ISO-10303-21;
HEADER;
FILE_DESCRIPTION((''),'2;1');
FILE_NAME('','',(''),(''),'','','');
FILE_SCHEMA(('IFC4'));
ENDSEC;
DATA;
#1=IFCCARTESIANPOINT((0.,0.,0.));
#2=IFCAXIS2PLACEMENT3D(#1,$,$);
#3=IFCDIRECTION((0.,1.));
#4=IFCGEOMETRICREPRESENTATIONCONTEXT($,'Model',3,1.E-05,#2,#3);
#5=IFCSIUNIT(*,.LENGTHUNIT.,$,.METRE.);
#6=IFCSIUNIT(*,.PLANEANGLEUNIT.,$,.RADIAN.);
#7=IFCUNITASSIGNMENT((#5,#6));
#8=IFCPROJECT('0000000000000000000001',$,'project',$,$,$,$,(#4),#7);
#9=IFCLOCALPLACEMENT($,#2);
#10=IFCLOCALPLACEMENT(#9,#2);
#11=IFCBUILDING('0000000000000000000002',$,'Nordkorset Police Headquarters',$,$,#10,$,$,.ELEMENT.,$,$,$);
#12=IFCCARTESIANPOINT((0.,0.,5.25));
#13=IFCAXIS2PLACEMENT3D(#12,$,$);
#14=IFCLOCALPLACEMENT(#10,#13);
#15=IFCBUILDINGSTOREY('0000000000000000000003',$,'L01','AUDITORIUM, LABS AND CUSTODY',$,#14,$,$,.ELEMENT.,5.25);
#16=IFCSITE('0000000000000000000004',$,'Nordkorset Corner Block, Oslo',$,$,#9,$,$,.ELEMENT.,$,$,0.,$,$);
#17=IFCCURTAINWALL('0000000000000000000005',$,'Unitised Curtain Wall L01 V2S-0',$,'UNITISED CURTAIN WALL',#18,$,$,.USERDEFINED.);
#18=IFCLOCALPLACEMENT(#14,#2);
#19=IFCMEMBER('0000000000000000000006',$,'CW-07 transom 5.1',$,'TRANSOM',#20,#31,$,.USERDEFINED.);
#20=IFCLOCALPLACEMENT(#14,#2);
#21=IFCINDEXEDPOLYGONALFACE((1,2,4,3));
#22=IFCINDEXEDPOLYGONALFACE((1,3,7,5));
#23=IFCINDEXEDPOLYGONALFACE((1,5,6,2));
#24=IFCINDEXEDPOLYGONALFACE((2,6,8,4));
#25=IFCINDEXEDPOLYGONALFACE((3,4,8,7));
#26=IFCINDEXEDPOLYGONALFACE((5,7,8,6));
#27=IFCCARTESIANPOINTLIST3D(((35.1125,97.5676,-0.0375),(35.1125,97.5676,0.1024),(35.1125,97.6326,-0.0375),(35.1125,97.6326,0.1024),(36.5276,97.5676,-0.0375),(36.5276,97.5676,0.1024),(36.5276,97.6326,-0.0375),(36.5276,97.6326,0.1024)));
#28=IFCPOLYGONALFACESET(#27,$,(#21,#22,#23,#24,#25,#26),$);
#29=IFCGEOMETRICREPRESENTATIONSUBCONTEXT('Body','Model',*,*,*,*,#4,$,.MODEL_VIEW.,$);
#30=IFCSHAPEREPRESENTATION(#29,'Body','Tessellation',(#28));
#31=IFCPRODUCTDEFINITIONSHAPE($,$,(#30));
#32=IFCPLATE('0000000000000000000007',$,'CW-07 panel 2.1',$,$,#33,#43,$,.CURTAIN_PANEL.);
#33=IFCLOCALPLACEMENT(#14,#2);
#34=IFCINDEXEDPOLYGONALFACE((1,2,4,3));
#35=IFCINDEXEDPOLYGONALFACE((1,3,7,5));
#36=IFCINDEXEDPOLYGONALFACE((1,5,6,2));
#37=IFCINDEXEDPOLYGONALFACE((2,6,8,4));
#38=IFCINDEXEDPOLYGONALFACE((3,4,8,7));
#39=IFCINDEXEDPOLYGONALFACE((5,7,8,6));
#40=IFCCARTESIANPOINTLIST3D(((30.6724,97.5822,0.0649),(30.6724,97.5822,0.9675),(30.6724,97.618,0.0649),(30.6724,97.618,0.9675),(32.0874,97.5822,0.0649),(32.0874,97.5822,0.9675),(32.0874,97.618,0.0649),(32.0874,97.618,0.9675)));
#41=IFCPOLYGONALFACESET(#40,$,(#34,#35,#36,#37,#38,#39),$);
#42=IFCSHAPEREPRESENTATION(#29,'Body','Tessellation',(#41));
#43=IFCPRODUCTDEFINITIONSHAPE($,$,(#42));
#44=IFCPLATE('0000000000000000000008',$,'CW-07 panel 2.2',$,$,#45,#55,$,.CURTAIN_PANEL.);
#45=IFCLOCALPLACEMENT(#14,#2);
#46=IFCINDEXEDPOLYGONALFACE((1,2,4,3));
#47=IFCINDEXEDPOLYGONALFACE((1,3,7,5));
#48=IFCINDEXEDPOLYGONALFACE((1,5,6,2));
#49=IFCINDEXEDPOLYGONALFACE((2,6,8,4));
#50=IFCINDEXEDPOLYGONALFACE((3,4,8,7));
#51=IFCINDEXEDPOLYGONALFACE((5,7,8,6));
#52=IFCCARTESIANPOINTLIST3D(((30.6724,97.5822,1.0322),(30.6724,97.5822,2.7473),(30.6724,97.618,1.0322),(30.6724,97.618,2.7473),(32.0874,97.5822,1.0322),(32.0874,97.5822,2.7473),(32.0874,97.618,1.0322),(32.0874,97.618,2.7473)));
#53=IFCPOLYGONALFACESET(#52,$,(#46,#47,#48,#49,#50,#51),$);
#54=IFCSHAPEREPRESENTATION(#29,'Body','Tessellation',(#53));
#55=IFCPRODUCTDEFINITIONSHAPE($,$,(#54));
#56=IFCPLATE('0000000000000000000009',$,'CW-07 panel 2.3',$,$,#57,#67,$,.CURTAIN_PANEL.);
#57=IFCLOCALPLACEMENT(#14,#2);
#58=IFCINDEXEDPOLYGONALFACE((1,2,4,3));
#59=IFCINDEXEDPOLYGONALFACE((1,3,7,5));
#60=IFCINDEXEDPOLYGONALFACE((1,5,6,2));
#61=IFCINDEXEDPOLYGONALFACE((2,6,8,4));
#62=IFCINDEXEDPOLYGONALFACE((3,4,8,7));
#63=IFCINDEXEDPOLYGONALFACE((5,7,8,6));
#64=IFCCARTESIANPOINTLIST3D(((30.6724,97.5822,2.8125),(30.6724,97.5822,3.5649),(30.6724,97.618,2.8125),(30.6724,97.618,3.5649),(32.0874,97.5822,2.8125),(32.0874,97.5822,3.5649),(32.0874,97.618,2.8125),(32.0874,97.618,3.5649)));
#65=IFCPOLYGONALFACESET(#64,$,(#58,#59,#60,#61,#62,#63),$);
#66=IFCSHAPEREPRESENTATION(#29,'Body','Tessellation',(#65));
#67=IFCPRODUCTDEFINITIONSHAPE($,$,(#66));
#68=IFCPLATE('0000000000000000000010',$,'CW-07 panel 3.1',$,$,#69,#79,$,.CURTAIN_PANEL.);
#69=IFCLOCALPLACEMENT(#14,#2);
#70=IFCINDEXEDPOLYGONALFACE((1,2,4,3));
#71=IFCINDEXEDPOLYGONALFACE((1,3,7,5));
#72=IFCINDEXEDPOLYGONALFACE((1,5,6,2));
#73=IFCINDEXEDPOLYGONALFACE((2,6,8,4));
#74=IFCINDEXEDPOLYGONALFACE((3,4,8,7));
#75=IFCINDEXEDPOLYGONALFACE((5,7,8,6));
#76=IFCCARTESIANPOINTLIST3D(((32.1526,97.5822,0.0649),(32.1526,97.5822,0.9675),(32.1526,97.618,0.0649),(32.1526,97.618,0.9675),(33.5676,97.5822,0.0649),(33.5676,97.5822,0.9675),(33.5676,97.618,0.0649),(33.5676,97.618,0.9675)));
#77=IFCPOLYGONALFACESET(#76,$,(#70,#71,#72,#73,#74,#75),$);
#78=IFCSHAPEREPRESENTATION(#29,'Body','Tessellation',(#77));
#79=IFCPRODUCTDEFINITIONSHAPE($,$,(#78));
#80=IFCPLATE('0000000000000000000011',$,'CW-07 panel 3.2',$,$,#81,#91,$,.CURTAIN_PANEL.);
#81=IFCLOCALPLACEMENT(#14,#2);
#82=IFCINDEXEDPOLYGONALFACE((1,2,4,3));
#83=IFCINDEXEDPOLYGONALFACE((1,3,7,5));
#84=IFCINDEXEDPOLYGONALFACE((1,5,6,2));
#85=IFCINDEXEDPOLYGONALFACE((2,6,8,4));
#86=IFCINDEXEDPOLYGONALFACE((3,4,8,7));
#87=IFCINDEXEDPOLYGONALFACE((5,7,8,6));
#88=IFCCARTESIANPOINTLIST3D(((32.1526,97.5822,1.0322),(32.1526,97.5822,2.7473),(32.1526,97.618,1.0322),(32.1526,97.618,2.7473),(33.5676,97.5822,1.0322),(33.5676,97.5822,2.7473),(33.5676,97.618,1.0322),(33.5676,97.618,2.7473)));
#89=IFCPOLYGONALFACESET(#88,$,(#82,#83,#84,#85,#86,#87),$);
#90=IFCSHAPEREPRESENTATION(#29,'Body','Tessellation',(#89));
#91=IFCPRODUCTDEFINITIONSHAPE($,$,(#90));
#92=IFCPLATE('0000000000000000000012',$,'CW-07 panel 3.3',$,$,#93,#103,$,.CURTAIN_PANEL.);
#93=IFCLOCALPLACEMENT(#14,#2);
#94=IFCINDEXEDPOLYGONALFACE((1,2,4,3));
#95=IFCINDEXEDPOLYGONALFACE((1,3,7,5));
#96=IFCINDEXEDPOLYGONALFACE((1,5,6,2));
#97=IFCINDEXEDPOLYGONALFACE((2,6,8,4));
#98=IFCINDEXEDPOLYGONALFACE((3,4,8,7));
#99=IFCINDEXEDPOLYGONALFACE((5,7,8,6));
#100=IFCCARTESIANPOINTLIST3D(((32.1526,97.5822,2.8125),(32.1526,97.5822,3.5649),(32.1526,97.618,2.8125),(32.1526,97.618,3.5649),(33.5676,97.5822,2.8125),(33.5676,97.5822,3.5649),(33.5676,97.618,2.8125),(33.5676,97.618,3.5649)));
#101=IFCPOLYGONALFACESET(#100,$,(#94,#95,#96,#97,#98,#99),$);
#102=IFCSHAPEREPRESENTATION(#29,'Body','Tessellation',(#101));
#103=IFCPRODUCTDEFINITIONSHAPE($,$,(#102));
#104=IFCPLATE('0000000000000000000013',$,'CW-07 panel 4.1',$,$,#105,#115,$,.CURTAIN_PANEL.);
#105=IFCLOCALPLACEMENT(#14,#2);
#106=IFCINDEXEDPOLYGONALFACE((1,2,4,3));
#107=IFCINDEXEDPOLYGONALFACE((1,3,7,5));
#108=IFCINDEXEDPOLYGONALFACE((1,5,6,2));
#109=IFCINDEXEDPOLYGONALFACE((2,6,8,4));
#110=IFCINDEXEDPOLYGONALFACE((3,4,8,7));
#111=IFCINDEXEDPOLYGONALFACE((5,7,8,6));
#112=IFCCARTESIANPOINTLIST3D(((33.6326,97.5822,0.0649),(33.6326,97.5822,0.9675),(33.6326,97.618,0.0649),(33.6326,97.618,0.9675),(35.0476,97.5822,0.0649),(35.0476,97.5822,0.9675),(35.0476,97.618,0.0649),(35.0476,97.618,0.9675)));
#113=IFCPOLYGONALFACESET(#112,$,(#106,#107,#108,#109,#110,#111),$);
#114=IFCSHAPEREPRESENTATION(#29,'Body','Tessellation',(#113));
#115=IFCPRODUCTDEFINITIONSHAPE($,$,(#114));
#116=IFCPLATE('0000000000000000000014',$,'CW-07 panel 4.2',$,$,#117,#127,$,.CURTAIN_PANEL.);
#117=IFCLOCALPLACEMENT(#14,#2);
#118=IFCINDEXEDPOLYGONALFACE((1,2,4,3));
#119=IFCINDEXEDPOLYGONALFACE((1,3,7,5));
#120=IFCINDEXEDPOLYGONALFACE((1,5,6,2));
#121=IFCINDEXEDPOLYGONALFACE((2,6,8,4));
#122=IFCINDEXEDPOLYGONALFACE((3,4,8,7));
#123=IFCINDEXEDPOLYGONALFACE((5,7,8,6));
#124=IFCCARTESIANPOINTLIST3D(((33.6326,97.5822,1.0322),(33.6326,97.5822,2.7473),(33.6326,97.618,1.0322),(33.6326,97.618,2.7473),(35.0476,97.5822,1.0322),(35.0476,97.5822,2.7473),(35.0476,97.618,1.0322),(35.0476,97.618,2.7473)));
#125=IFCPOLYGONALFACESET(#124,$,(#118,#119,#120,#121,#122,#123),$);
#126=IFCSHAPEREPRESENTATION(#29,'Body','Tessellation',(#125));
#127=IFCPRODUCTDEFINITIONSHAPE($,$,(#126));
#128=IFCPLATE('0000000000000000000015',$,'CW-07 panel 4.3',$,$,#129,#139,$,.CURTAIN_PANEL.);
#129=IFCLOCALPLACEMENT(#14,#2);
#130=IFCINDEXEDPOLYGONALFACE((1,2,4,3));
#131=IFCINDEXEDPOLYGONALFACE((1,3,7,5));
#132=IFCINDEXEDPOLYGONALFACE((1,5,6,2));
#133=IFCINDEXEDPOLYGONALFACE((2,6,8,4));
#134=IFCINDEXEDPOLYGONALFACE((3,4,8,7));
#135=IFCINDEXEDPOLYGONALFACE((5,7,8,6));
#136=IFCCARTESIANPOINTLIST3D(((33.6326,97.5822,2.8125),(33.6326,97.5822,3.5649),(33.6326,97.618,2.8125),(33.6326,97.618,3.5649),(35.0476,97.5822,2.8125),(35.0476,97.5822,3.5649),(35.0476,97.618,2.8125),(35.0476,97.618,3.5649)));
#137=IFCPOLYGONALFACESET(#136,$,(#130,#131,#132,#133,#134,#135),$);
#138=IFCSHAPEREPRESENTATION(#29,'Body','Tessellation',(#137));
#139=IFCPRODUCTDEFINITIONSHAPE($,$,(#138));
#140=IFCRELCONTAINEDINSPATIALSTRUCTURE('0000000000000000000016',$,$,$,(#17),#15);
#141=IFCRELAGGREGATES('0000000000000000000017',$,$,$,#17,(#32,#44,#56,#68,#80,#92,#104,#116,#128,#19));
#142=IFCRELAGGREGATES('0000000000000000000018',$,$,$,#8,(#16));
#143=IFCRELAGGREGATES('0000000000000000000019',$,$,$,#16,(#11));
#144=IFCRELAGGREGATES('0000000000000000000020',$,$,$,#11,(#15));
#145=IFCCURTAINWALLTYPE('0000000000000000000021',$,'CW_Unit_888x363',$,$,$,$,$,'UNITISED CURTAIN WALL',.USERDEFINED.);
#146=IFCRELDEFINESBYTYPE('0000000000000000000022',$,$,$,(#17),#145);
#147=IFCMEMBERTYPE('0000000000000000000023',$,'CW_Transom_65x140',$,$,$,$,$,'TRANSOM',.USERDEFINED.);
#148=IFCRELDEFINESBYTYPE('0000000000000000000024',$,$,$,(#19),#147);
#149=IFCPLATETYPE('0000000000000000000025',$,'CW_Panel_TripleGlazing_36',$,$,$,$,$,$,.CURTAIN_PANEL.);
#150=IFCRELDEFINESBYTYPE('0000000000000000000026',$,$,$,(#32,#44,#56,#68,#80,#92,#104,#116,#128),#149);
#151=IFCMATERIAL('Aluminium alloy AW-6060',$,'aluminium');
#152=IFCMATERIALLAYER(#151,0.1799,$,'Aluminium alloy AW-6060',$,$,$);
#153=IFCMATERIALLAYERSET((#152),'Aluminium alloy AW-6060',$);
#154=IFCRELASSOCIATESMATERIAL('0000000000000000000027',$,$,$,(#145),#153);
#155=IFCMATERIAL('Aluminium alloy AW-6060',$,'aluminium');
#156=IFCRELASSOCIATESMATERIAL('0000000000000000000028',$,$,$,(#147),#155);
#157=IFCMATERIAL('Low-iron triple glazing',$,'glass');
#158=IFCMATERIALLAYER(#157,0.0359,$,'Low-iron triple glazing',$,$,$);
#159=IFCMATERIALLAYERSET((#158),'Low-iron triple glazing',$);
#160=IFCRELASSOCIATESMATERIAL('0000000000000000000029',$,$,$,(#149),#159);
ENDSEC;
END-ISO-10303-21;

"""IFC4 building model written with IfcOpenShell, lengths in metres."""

from ifc_helpers import new_model, si_unit, direction, frame, origin, origin_2d, place, context, subcontext, project, spatial, rectangle, extrude, material, layer, layer_set, material_profile, profile_set, type_object, element, aggregate, save


model = new_model("IFC4")

# Units and contexts
model_context = context("Model", 3, precision=1e-05, world=origin(), true_north=direction((0.0, 1.0)))
body_context = subcontext(model_context, "Body", "Model", "MODEL_VIEW")
ifc_project = project(units=[si_unit("LENGTHUNIT", "METRE"), si_unit("PLANEANGLEUNIT", "RADIAN")], contexts=[model_context])

# Site, building, storey
site_placement = place(None, origin())
site = spatial("IfcSite", under=ifc_project, at=site_placement, Name="Nordkorset Corner Block, Oslo", CompositionType="ELEMENT", RefElevation=0.0)
building_placement = place(site_placement, origin())
building = spatial("IfcBuilding", under=site, at=building_placement, Name="Nordkorset Police Headquarters", CompositionType="ELEMENT")
storey_placement = place(building_placement, frame((0.0, 0.0, 5.25)))
storey = spatial("IfcBuildingStorey", under=building, at=storey_placement, Name="L01", Description="AUDITORIUM, LABS AND CUSTODY", CompositionType="ELEMENT", Elevation=5.25)

# Curtain wall, member, plates
ifc_material_1 = material(Name="Aluminium alloy AW-6060", Category="aluminium")
ifc_layer_1 = layer(ifc_material_1, 0.1799, Name="Aluminium alloy AW-6060")
ifc_layer_set_1 = layer_set([ifc_layer_1], Name="Aluminium alloy AW-6060")
curtain_wall_type = type_object("IfcCurtainWallType", Name="CW_Unit_888x363", ElementType="UNITISED CURTAIN WALL", PredefinedType="USERDEFINED", material=ifc_layer_set_1)
curtain_wall_placement = place(storey_placement, origin())
curtain_wall = element("IfcCurtainWall", 1, at=curtain_wall_placement, inside=storey, type_object=curtain_wall_type, Name="Unitised Curtain Wall L01 V2S-0", ObjectType="UNITISED CURTAIN WALL", PredefinedType="USERDEFINED")
ifc_material_2 = material(Name="Aluminium alloy AW-6060", Category="aluminium")
ifc_material_profile_1 = material_profile(ifc_material_2, rectangle(XDim=0.0649, YDim=0.1399, at=origin_2d()), Name="ALU TRAN 65x140")
ifc_profile_set_1 = profile_set([ifc_material_profile_1], Name="Aluminium alloy AW-6060")
member_type_1 = type_object("IfcMemberType", Name="CW_Transom_65x140", ElementType="TRANSOM", PredefinedType="USERDEFINED", material=ifc_profile_set_1)
member_1_placement = place(storey_placement, frame((35.1125, 97.6001, 0.0325), z_axis=(1.0, 0.0, 0.0), x_axis=(0.0, 1.0, 0.0)))
member_1 = element("IfcMember", 2, at=member_1_placement, type_object=member_type_1, Name="CW-07 transom 5.1", ObjectType="TRANSOM", PredefinedType="USERDEFINED", context=body_context, shape_type="SweptSolid", body=[
    extrude(rectangle(XDim=0.0649, YDim=0.1399, at=origin_2d()), origin(), (0.0, 0.0, 1.0), 1.415),
])
ifc_material_3 = material(Name="Low-iron triple glazing", Category="glass")
ifc_layer_2 = layer(ifc_material_3, 0.0359, Name="Low-iron triple glazing")
ifc_layer_set_2 = layer_set([ifc_layer_2], Name="Low-iron triple glazing")
plate_type = type_object("IfcPlateType", Name="CW_Panel_TripleGlazing_36", PredefinedType="CURTAIN_PANEL", material=ifc_layer_set_2)
plate_1_placement = place(storey_placement, frame((31.3799, 97.6001, 0.0649), z_axis=(0.0, 0.0, 1.0), x_axis=(1.0, 0.0, 0.0)))
plate_1 = element("IfcPlate", 3, at=plate_1_placement, type_object=plate_type, Name="CW-07 panel 2.1", PredefinedType="CURTAIN_PANEL", context=body_context, shape_type="SweptSolid", body=[
    extrude(rectangle(XDim=1.415, YDim=0.0359, at=origin_2d()), origin(), (0.0, 0.0, 1.0), 0.9026),
])
plate_2_placement = place(storey_placement, frame((31.3799, 97.6001, 1.0322), z_axis=(0.0, 0.0, 1.0), x_axis=(1.0, 0.0, 0.0)))
plate_2 = element("IfcPlate", 4, at=plate_2_placement, type_object=plate_type, Name="CW-07 panel 2.2", PredefinedType="CURTAIN_PANEL", context=body_context, shape_type="SweptSolid", body=[
    extrude(rectangle(XDim=1.415, YDim=0.0359, at=origin_2d()), origin(), (0.0, 0.0, 1.0), 1.7151),
])
plate_3_placement = place(storey_placement, frame((31.3799, 97.6001, 2.8125), z_axis=(0.0, 0.0, 1.0), x_axis=(1.0, 0.0, 0.0)))
plate_3 = element("IfcPlate", 5, at=plate_3_placement, type_object=plate_type, Name="CW-07 panel 2.3", PredefinedType="CURTAIN_PANEL", context=body_context, shape_type="SweptSolid", body=[
    extrude(rectangle(XDim=1.415, YDim=0.0359, at=origin_2d()), origin(), (0.0, 0.0, 1.0), 0.7524),
])
plate_4_placement = place(storey_placement, frame((32.8601, 97.6001, 0.0649), z_axis=(0.0, 0.0, 1.0), x_axis=(1.0, 0.0, 0.0)))
plate_4 = element("IfcPlate", 6, at=plate_4_placement, type_object=plate_type, Name="CW-07 panel 3.1", PredefinedType="CURTAIN_PANEL", context=body_context, shape_type="SweptSolid", body=[
    extrude(rectangle(XDim=1.415, YDim=0.0359, at=origin_2d()), origin(), (0.0, 0.0, 1.0), 0.9026),
])
plate_5_placement = place(storey_placement, frame((32.8601, 97.6001, 1.0322), z_axis=(0.0, 0.0, 1.0), x_axis=(1.0, 0.0, 0.0)))
plate_5 = element("IfcPlate", 7, at=plate_5_placement, type_object=plate_type, Name="CW-07 panel 3.2", PredefinedType="CURTAIN_PANEL", context=body_context, shape_type="SweptSolid", body=[
    extrude(rectangle(XDim=1.415, YDim=0.0359, at=origin_2d()), origin(), (0.0, 0.0, 1.0), 1.7151),
])
plate_6_placement = place(storey_placement, frame((32.8601, 97.6001, 2.8125), z_axis=(0.0, 0.0, 1.0), x_axis=(1.0, 0.0, 0.0)))
plate_6 = element("IfcPlate", 8, at=plate_6_placement, type_object=plate_type, Name="CW-07 panel 3.3", PredefinedType="CURTAIN_PANEL", context=body_context, shape_type="SweptSolid", body=[
    extrude(rectangle(XDim=1.415, YDim=0.0359, at=origin_2d()), origin(), (0.0, 0.0, 1.0), 0.7524),
])
plate_7_placement = place(storey_placement, frame((34.3401, 97.6001, 0.0649), z_axis=(0.0, 0.0, 1.0), x_axis=(1.0, 0.0, 0.0)))
plate_7 = element("IfcPlate", 9, at=plate_7_placement, type_object=plate_type, Name="CW-07 panel 4.1", PredefinedType="CURTAIN_PANEL", context=body_context, shape_type="SweptSolid", body=[
    extrude(rectangle(XDim=1.415, YDim=0.0359, at=origin_2d()), origin(), (0.0, 0.0, 1.0), 0.9026),
])
plate_8_placement = place(storey_placement, frame((34.3401, 97.6001, 1.0322), z_axis=(0.0, 0.0, 1.0), x_axis=(1.0, 0.0, 0.0)))
plate_8 = element("IfcPlate", 10, at=plate_8_placement, type_object=plate_type, Name="CW-07 panel 4.2", PredefinedType="CURTAIN_PANEL", context=body_context, shape_type="SweptSolid", body=[
    extrude(rectangle(XDim=1.415, YDim=0.0359, at=origin_2d()), origin(), (0.0, 0.0, 1.0), 1.7151),
])
plate_9_placement = place(storey_placement, frame((34.3401, 97.6001, 2.8125), z_axis=(0.0, 0.0, 1.0), x_axis=(1.0, 0.0, 0.0)))
plate_9 = element("IfcPlate", 11, at=plate_9_placement, type_object=plate_type, Name="CW-07 panel 4.3", PredefinedType="CURTAIN_PANEL", context=body_context, shape_type="SweptSolid", body=[
    extrude(rectangle(XDim=1.415, YDim=0.0359, at=origin_2d()), origin(), (0.0, 0.0, 1.0), 0.7524),
])
aggregate(curtain_wall, [plate_1, plate_2, plate_3, plate_4, plate_5, plate_6, plate_7, plate_8, plate_9, member_1])

save(model, "model.ifc")
